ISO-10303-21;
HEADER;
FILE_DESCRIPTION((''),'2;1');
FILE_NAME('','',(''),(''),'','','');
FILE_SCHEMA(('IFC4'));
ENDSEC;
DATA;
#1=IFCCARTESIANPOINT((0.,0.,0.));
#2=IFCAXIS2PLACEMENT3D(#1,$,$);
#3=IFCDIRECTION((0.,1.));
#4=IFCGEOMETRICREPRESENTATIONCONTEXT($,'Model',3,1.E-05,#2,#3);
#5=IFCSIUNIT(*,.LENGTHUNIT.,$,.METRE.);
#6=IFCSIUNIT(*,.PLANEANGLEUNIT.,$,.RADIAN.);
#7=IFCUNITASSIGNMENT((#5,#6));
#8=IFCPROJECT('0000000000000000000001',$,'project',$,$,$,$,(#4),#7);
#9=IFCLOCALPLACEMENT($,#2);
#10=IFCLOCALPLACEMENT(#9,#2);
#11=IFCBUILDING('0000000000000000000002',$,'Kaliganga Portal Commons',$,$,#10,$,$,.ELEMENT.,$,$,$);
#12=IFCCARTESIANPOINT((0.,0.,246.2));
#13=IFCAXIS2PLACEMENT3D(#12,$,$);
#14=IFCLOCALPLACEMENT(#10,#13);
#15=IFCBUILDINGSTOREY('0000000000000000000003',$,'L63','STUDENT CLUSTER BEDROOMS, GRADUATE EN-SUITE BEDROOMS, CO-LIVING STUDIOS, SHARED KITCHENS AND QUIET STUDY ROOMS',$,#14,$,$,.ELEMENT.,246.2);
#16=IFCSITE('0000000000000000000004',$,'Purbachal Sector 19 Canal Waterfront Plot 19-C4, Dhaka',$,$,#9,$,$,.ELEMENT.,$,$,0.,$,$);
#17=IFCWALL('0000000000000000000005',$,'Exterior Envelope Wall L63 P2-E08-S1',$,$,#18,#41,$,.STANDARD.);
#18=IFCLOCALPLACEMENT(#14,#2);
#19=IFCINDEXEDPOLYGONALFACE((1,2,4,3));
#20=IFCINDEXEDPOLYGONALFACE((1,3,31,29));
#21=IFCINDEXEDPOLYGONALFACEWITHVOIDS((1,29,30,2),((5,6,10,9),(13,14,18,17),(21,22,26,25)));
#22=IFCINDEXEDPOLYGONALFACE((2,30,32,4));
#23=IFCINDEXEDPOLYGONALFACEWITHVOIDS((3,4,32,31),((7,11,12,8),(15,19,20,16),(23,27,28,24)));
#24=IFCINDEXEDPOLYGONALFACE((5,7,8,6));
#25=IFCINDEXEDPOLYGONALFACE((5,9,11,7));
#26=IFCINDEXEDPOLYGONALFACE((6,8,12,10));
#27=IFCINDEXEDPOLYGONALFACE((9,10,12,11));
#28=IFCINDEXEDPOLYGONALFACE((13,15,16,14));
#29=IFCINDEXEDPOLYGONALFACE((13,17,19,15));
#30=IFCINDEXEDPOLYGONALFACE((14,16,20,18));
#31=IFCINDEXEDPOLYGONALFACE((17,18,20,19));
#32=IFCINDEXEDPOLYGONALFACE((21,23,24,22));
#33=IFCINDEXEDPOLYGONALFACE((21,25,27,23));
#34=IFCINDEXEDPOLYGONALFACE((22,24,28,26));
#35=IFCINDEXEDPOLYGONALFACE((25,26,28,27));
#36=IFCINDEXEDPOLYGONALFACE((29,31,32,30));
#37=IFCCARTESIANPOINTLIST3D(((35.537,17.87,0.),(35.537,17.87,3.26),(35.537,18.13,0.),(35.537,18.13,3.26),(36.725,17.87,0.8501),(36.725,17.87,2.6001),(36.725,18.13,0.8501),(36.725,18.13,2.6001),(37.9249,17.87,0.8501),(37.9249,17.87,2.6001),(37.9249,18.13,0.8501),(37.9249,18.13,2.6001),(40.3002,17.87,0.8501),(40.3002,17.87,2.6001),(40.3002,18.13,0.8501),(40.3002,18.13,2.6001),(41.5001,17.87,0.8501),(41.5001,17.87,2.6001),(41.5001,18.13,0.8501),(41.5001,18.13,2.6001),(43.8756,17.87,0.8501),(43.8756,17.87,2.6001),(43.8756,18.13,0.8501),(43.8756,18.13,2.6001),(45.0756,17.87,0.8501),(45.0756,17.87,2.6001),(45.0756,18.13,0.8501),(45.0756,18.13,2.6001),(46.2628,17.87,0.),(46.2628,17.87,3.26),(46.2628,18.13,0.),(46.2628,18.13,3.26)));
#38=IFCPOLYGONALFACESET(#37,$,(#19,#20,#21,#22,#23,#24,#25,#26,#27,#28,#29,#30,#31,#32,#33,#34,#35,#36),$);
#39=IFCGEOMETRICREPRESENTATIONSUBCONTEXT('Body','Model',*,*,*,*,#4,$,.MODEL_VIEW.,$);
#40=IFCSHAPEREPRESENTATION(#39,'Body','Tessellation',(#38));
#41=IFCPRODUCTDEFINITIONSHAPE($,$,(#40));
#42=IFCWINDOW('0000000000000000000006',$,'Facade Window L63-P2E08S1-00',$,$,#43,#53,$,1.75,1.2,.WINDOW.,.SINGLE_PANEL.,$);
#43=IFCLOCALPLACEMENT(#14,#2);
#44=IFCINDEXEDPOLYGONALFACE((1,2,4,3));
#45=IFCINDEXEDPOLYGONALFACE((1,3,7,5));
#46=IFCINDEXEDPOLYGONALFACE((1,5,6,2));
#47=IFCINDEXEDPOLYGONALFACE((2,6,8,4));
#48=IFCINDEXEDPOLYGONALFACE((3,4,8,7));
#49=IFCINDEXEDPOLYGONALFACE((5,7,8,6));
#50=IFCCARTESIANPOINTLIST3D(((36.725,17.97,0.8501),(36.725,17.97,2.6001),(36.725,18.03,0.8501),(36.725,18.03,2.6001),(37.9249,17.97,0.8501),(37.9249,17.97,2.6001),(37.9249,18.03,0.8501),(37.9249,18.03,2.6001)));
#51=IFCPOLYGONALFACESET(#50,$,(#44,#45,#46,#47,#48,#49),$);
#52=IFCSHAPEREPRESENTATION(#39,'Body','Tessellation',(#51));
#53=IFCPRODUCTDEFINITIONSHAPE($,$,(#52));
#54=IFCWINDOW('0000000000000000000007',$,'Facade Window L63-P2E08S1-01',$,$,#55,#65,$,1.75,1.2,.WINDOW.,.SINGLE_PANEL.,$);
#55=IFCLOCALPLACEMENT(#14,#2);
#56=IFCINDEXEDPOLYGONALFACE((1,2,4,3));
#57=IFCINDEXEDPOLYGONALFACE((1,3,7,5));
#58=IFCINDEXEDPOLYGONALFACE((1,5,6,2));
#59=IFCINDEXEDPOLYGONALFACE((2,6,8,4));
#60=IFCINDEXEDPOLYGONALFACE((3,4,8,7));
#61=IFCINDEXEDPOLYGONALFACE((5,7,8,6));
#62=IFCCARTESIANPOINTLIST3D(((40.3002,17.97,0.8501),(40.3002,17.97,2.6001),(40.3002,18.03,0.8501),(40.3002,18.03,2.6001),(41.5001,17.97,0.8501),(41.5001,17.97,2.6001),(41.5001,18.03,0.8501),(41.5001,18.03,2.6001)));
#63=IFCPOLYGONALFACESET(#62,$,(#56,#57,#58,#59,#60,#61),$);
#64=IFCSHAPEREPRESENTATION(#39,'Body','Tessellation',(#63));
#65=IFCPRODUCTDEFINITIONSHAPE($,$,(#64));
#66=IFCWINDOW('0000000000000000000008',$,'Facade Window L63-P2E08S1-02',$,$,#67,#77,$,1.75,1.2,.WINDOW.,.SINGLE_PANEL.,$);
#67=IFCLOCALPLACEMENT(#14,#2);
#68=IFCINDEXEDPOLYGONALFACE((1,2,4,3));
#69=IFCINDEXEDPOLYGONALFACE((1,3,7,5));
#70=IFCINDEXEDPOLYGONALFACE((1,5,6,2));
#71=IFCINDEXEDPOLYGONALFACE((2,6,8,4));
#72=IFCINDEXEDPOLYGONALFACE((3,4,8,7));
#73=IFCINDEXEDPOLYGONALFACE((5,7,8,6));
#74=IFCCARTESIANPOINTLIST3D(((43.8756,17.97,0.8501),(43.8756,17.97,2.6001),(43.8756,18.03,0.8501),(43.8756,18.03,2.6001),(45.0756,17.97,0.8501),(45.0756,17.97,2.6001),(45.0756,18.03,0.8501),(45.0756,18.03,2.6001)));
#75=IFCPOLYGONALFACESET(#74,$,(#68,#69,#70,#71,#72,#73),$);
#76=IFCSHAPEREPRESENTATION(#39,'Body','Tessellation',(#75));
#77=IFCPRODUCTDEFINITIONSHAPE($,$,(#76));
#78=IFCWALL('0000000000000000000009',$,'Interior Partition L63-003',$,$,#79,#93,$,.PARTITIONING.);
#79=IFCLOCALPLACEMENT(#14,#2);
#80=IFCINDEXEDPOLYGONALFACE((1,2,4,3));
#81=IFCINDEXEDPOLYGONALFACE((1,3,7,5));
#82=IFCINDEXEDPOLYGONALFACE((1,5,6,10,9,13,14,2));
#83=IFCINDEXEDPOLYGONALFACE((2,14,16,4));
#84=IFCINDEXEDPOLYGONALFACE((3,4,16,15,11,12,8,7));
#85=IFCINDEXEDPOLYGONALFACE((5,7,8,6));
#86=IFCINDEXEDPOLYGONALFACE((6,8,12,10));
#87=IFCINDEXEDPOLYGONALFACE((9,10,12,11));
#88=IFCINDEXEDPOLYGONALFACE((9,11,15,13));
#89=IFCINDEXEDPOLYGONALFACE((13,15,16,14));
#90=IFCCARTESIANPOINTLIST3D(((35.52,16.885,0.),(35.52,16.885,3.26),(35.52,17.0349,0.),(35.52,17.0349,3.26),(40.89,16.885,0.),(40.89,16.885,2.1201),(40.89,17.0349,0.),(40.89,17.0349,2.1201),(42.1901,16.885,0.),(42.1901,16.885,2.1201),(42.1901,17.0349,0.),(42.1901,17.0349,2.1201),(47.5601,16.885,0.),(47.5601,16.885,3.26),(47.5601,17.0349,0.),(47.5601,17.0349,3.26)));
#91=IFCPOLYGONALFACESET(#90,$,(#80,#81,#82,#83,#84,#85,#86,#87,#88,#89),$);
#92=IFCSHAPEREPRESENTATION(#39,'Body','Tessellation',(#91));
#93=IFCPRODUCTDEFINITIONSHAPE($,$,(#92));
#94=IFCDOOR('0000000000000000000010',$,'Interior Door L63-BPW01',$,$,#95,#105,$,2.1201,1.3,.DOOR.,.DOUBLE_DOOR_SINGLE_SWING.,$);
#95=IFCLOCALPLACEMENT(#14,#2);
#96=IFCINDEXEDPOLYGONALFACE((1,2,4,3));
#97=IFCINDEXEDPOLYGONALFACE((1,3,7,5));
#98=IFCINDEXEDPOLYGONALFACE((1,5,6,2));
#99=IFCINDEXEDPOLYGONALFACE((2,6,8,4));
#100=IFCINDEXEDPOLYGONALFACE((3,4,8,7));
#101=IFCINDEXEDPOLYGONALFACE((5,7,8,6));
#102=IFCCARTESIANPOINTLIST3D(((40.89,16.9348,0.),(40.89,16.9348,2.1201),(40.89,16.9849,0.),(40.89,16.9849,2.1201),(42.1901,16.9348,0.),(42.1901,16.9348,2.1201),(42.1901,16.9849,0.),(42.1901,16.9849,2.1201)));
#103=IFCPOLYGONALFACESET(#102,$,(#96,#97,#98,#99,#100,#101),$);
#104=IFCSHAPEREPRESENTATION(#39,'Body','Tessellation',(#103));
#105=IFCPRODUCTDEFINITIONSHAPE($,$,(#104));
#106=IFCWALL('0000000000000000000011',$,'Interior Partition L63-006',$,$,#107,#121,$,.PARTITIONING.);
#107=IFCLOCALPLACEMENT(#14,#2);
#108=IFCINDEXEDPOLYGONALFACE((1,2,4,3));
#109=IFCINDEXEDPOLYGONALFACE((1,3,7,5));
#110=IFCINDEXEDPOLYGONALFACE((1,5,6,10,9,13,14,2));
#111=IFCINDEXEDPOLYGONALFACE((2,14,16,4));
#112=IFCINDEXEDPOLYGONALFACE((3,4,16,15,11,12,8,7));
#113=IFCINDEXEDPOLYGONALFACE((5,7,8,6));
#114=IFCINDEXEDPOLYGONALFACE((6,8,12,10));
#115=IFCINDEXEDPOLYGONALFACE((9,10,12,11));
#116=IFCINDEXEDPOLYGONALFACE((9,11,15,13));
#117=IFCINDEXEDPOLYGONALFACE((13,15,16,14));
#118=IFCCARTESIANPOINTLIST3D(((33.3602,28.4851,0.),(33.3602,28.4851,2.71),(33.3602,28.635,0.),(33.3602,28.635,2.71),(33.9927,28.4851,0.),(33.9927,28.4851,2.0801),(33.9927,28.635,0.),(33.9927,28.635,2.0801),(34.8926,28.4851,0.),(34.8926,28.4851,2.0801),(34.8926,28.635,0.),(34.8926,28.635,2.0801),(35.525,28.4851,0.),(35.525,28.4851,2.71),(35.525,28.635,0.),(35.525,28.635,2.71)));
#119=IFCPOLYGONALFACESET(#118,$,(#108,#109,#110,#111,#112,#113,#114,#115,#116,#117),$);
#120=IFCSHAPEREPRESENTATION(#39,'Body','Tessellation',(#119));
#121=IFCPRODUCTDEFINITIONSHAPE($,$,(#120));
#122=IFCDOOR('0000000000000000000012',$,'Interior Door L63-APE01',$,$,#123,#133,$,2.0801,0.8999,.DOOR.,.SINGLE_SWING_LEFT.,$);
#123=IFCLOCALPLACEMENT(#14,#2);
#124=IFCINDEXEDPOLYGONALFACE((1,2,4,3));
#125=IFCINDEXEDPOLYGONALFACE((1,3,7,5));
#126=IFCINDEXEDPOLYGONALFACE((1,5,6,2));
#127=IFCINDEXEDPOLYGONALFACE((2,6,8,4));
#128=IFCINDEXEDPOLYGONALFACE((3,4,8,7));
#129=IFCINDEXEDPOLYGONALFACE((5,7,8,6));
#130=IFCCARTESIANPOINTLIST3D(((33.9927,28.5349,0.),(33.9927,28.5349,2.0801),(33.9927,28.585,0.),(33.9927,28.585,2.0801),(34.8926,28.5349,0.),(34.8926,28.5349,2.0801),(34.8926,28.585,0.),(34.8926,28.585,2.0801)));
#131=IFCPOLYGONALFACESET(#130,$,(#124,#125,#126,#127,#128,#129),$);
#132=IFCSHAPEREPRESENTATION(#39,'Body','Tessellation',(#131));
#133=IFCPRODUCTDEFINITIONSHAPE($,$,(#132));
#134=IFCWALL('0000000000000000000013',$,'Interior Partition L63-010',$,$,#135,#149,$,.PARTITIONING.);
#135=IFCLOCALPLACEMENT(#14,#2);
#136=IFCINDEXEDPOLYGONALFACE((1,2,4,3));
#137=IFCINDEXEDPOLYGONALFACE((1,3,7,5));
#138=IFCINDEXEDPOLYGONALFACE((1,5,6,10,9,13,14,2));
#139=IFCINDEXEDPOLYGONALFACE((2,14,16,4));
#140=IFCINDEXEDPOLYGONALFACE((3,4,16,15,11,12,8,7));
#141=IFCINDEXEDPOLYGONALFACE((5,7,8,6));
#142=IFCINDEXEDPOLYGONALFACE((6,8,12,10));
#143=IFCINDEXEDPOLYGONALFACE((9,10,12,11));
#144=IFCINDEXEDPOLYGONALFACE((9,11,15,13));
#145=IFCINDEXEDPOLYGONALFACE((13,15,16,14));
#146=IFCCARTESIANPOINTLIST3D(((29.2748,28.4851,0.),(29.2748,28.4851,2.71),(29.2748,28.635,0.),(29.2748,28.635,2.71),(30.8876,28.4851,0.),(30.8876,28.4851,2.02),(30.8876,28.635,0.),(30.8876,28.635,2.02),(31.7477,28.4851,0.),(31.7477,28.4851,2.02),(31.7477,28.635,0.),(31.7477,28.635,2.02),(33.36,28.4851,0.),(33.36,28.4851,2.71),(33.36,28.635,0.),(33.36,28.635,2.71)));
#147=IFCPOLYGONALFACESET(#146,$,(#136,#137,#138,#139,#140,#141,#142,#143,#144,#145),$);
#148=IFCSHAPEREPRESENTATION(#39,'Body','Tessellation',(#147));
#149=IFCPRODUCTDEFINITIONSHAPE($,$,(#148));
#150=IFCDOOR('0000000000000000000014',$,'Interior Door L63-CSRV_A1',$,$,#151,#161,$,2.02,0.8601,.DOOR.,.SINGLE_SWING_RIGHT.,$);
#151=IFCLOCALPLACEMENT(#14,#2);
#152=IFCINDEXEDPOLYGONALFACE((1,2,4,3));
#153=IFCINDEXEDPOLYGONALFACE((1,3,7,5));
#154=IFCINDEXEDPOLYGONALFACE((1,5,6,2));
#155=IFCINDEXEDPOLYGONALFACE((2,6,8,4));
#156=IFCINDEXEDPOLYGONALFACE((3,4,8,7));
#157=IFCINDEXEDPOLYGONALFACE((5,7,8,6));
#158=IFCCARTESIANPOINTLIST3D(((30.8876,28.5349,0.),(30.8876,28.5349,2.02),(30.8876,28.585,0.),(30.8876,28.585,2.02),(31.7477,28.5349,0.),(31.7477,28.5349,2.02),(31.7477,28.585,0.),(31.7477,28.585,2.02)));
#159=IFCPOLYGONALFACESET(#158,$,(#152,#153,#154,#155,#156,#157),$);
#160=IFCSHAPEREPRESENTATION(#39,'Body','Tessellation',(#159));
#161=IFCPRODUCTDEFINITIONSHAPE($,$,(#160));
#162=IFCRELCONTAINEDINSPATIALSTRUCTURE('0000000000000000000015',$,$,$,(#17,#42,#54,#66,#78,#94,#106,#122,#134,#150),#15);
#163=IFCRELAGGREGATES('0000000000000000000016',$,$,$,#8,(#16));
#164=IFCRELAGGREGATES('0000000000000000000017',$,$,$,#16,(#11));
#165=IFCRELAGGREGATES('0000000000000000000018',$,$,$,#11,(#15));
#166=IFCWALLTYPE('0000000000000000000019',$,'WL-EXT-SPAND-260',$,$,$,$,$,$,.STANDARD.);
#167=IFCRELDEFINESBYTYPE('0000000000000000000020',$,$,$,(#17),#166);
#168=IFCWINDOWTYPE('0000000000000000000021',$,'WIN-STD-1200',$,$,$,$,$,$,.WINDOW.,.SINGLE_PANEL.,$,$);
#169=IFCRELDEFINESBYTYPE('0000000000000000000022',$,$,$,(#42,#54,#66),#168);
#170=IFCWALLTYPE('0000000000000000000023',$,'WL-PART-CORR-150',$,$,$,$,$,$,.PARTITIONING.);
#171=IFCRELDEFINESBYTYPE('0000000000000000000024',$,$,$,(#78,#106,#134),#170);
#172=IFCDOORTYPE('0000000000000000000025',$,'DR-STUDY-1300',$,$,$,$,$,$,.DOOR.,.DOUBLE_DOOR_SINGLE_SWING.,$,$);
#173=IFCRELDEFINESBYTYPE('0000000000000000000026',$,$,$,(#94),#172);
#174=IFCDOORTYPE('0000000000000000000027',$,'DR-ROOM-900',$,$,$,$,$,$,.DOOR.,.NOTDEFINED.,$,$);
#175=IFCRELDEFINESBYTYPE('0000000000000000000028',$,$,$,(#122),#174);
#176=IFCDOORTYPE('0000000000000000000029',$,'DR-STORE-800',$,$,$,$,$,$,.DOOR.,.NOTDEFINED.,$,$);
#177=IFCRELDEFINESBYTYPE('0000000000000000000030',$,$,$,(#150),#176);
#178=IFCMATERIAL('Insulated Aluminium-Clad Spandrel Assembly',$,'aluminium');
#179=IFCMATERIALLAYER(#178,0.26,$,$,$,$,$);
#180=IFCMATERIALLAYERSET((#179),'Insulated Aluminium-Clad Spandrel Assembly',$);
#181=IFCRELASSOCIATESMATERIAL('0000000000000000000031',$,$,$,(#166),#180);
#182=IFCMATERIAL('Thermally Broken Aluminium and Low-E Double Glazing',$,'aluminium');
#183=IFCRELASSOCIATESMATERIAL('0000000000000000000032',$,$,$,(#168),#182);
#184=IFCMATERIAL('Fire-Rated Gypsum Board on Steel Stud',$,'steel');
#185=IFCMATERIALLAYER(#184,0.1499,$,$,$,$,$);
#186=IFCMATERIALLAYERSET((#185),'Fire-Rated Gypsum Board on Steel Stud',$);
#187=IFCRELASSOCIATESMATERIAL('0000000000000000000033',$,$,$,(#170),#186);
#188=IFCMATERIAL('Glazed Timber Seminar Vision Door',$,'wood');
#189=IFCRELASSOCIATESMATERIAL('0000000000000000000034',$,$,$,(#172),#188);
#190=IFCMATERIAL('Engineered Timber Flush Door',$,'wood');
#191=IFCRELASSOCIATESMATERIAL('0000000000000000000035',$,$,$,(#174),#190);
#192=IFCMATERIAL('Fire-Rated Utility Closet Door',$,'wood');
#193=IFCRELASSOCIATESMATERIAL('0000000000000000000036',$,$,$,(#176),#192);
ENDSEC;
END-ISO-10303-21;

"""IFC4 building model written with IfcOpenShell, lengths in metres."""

from ifc_helpers import new_model, si_unit, direction, frame, frame_2d, origin, place, context, subcontext, project, spatial, rectangle, extrude, material, layer, layer_set, type_object, element, fill, save


model = new_model("IFC4")

# Units and contexts
model_context = context("Model", 3, precision=1e-05, world=origin(), true_north=direction((0.0, 1.0)))
body_context = subcontext(model_context, "Body", "Model", "MODEL_VIEW")
ifc_project = project(units=[si_unit("LENGTHUNIT", "METRE"), si_unit("PLANEANGLEUNIT", "RADIAN")], contexts=[model_context])

# Site, building, storey
site_placement = place(None, origin())
site = spatial("IfcSite", under=ifc_project, at=site_placement, Name="Purbachal Sector 19 Canal Waterfront Plot 19-C4, Dhaka", CompositionType="ELEMENT", RefElevation=0.0)
building_placement = place(site_placement, origin())
building = spatial("IfcBuilding", under=site, at=building_placement, Name="Kaliganga Portal Commons", CompositionType="ELEMENT")
storey_placement = place(building_placement, frame((0.0, 0.0, 246.2)))
storey = spatial("IfcBuildingStorey", under=building, at=storey_placement, Name="L63", Description="STUDENT CLUSTER BEDROOMS, GRADUATE EN-SUITE BEDROOMS, CO-LIVING STUDIOS, SHARED KITCHENS AND QUIET STUDY ROOMS", CompositionType="ELEMENT", Elevation=246.2)

# Shared definitions
ifc_material_1 = material(Name="Insulated Aluminium-Clad Spandrel Assembly", Category="aluminium")
ifc_layer_1 = layer(ifc_material_1, 0.26)
ifc_layer_set_1 = layer_set([ifc_layer_1], Name="Insulated Aluminium-Clad Spandrel Assembly")
wall_type_1 = type_object("IfcWallType", Name="WL-EXT-SPAND-260", PredefinedType="STANDARD", material=ifc_layer_set_1)
ifc_material_2 = material(Name="Thermally Broken Aluminium and Low-E Double Glazing", Category="aluminium")
window_type = type_object("IfcWindowType", Name="WIN-STD-1200", PartitioningType="SINGLE_PANEL", PredefinedType="WINDOW", material=ifc_material_2)

# Wall, openings, windows
wall_1_placement = place(storey_placement, frame((35.5371, 18.0, 0.0), z_axis=(0.0, 0.0, 1.0), x_axis=(1.0, 0.0, 0.0)))
wall_1 = element("IfcWall", 1, at=wall_1_placement, inside=storey, type_object=wall_type_1, Name="Exterior Envelope Wall L63 P2-E08-S1", PredefinedType="STANDARD", context=body_context, shape_type="SweptSolid", body=[
    extrude(rectangle(XDim=10.7258, YDim=0.26, at=frame_2d((5.3628, 0.0))), origin(), (0.0, 0.0, 1.0), 3.26),
])
opening_1_placement = place(wall_1_placement, frame((1.1877, 0.0, 0.8501)))
opening_1 = element("IfcOpeningElement", 2, at=opening_1_placement, cuts=wall_1, PredefinedType="OPENING", context=body_context, shape_type="SweptSolid", body=[
    extrude(rectangle(XDim=1.2, YDim=1.75, at=frame_2d((0.6001, 0.875))), frame((0.0, 0.1401, 0.0), z_axis=(0.0, -1.0, 0.0), x_axis=(1.0, 0.0, 0.0)), (0.0, 0.0, 1.0), 0.28),
])
opening_2_placement = place(wall_1_placement, frame((4.7629, 0.0, 0.8501)))
opening_2 = element("IfcOpeningElement", 3, at=opening_2_placement, cuts=wall_1, PredefinedType="OPENING", context=body_context, shape_type="SweptSolid", body=[
    extrude(rectangle(XDim=1.2, YDim=1.75, at=frame_2d((0.6001, 0.875))), frame((0.0, 0.1401, 0.0), z_axis=(0.0, -1.0, 0.0), x_axis=(1.0, 0.0, 0.0)), (0.0, 0.0, 1.0), 0.28),
])
opening_3_placement = place(wall_1_placement, frame((8.3384, 0.0, 0.8501)))
opening_3 = element("IfcOpeningElement", 4, at=opening_3_placement, cuts=wall_1, PredefinedType="OPENING", context=body_context, shape_type="SweptSolid", body=[
    extrude(rectangle(XDim=1.2, YDim=1.75, at=frame_2d((0.6001, 0.875))), frame((0.0, 0.1401, 0.0), z_axis=(0.0, -1.0, 0.0), x_axis=(1.0, 0.0, 0.0)), (0.0, 0.0, 1.0), 0.28),
])
window_1_placement = place(opening_1_placement, origin())
window_1 = element("IfcWindow", 5, at=window_1_placement, inside=storey, type_object=window_type, Name="Facade Window L63-P2E08S1-00", OverallHeight=1.75, OverallWidth=1.2, PartitioningType="SINGLE_PANEL", PredefinedType="WINDOW", context=body_context, shape_type="SweptSolid", body=[
    extrude(rectangle(XDim=1.2, YDim=1.75, at=frame_2d((0.6001, 0.875))), frame((0.0, 0.03, 0.0), z_axis=(0.0, -1.0, 0.0), x_axis=(1.0, 0.0, 0.0)), (0.0, 0.0, 1.0), 0.0601),
])
fill(opening_1, window_1)
window_2_placement = place(opening_2_placement, origin())
window_2 = element("IfcWindow", 6, at=window_2_placement, inside=storey, type_object=window_type, Name="Facade Window L63-P2E08S1-01", OverallHeight=1.75, OverallWidth=1.2, PartitioningType="SINGLE_PANEL", PredefinedType="WINDOW", context=body_context, shape_type="SweptSolid", body=[
    extrude(rectangle(XDim=1.2, YDim=1.75, at=frame_2d((0.6001, 0.875))), frame((0.0, 0.03, 0.0), z_axis=(0.0, -1.0, 0.0), x_axis=(1.0, 0.0, 0.0)), (0.0, 0.0, 1.0), 0.0601),
])
fill(opening_2, window_2)
window_3_placement = place(opening_3_placement, origin())
window_3 = element("IfcWindow", 7, at=window_3_placement, inside=storey, type_object=window_type, Name="Facade Window L63-P2E08S1-02", OverallHeight=1.75, OverallWidth=1.2, PartitioningType="SINGLE_PANEL", PredefinedType="WINDOW", context=body_context, shape_type="SweptSolid", body=[
    extrude(rectangle(XDim=1.2, YDim=1.75, at=frame_2d((0.6001, 0.875))), frame((0.0, 0.03, 0.0), z_axis=(0.0, -1.0, 0.0), x_axis=(1.0, 0.0, 0.0)), (0.0, 0.0, 1.0), 0.0601),
])
fill(opening_3, window_3)

# Walls, openings, doors
ifc_material_3 = material(Name="Fire-Rated Gypsum Board on Steel Stud", Category="steel")
ifc_layer_2 = layer(ifc_material_3, 0.1499)
ifc_layer_set_2 = layer_set([ifc_layer_2], Name="Fire-Rated Gypsum Board on Steel Stud")
wall_type_2 = type_object("IfcWallType", Name="WL-PART-CORR-150", PredefinedType="PARTITIONING", material=ifc_layer_set_2)
wall_2_placement = place(storey_placement, frame((35.52, 16.96, 0.0), z_axis=(0.0, 0.0, 1.0), x_axis=(1.0, 0.0, 0.0)))
wall_2 = element("IfcWall", 8, at=wall_2_placement, inside=storey, type_object=wall_type_2, Name="Interior Partition L63-003", PredefinedType="PARTITIONING", context=body_context, shape_type="SweptSolid", body=[
    extrude(rectangle(XDim=12.04, YDim=0.1499, at=frame_2d((6.02, 0.0))), origin(), (0.0, 0.0, 1.0), 3.26),
])
opening_4_placement = place(wall_2_placement, frame((5.3701, 0.0, 0.0)))
opening_4 = element("IfcOpeningElement", 9, at=opening_4_placement, cuts=wall_2, PredefinedType="OPENING", context=body_context, shape_type="SweptSolid", body=[
    extrude(rectangle(XDim=1.3, YDim=2.1201, at=frame_2d((0.6499, 1.0601))), frame((0.0, 0.085, 0.0), z_axis=(0.0, -1.0, 0.0), x_axis=(1.0, 0.0, 0.0)), (0.0, 0.0, 1.0), 0.1699),
])
ifc_material_4 = material(Name="Glazed Timber Seminar Vision Door", Category="wood")
door_type_1 = type_object("IfcDoorType", Name="DR-STUDY-1300", OperationType="DOUBLE_DOOR_SINGLE_SWING", PredefinedType="DOOR", material=ifc_material_4)
door_1_placement = place(opening_4_placement, origin())
door_1 = element("IfcDoor", 10, at=door_1_placement, inside=storey, type_object=door_type_1, Name="Interior Door L63-BPW01", OperationType="DOUBLE_DOOR_SINGLE_SWING", OverallHeight=2.1201, OverallWidth=1.3, PredefinedType="DOOR", context=body_context, shape_type="SweptSolid", body=[
    extrude(rectangle(XDim=1.3, YDim=2.1201, at=frame_2d((0.6499, 1.0601))), frame((0.0, 0.0249, 0.0), z_axis=(0.0, -1.0, 0.0), x_axis=(1.0, 0.0, 0.0)), (0.0, 0.0, 1.0), 0.05),
])
fill(opening_4, door_1)
wall_3_placement = place(storey_placement, frame((33.3601, 28.5601, 0.0), z_axis=(0.0, 0.0, 1.0), x_axis=(1.0, 0.0, 0.0)))
wall_3 = element("IfcWall", 11, at=wall_3_placement, inside=storey, type_object=wall_type_2, Name="Interior Partition L63-006", PredefinedType="PARTITIONING", context=body_context, shape_type="SweptSolid", body=[
    extrude(rectangle(XDim=2.1648, YDim=0.1499, at=frame_2d((1.0825, 0.0))), origin(), (0.0, 0.0, 1.0), 2.71),
])
opening_5_placement = place(wall_3_placement, frame((0.6326, 0.0, 0.0)))
opening_5 = element("IfcOpeningElement", 12, at=opening_5_placement, cuts=wall_3, PredefinedType="OPENING", context=body_context, shape_type="SweptSolid", body=[
    extrude(rectangle(XDim=0.8999, YDim=2.0801, at=frame_2d((0.45, 1.04))), frame((0.0, 0.085, 0.0), z_axis=(0.0, -1.0, 0.0), x_axis=(1.0, 0.0, 0.0)), (0.0, 0.0, 1.0), 0.1699),
])
ifc_material_5 = material(Name="Engineered Timber Flush Door", Category="wood")
door_type_2 = type_object("IfcDoorType", Name="DR-ROOM-900", OperationType="NOTDEFINED", PredefinedType="DOOR", material=ifc_material_5)
door_2_placement = place(opening_5_placement, origin())
door_2 = element("IfcDoor", 13, at=door_2_placement, inside=storey, type_object=door_type_2, Name="Interior Door L63-APE01", OperationType="SINGLE_SWING_LEFT", OverallHeight=2.0801, OverallWidth=0.8999, PredefinedType="DOOR", context=body_context, shape_type="SweptSolid", body=[
    extrude(rectangle(XDim=0.8999, YDim=2.0801, at=frame_2d((0.45, 1.04))), frame((0.0, 0.0249, 0.0), z_axis=(0.0, -1.0, 0.0), x_axis=(1.0, 0.0, 0.0)), (0.0, 0.0, 1.0), 0.05),
])
fill(opening_5, door_2)
wall_4_placement = place(storey_placement, frame((29.2749, 28.5601, 0.0), z_axis=(0.0, 0.0, 1.0), x_axis=(1.0, 0.0, 0.0)))
wall_4 = element("IfcWall", 14, at=wall_4_placement, inside=storey, type_object=wall_type_2, Name="Interior Partition L63-010", PredefinedType="PARTITIONING", context=body_context, shape_type="SweptSolid", body=[
    extrude(rectangle(XDim=4.0852, YDim=0.1499, at=frame_2d((2.0425, 0.0))), origin(), (0.0, 0.0, 1.0), 2.71),
])
opening_6_placement = place(wall_4_placement, frame((1.6125, 0.0, 0.0)))
opening_6 = element("IfcOpeningElement", 15, at=opening_6_placement, cuts=wall_4, PredefinedType="OPENING", context=body_context, shape_type="SweptSolid", body=[
    extrude(rectangle(XDim=0.8601, YDim=2.02, at=frame_2d((0.4302, 1.01))), frame((0.0, 0.085, 0.0), z_axis=(0.0, -1.0, 0.0), x_axis=(1.0, 0.0, 0.0)), (0.0, 0.0, 1.0), 0.1699),
])
ifc_material_6 = material(Name="Fire-Rated Utility Closet Door", Category="wood")
door_type_3 = type_object("IfcDoorType", Name="DR-STORE-800", OperationType="NOTDEFINED", PredefinedType="DOOR", material=ifc_material_6)
door_3_placement = place(opening_6_placement, origin())
door_3 = element("IfcDoor", 16, at=door_3_placement, inside=storey, type_object=door_type_3, Name="Interior Door L63-CSRV_A1", OperationType="SINGLE_SWING_RIGHT", OverallHeight=2.02, OverallWidth=0.8601, PredefinedType="DOOR", context=body_context, shape_type="SweptSolid", body=[
    extrude(rectangle(XDim=0.8601, YDim=2.02, at=frame_2d((0.4302, 1.01))), frame((0.0, 0.0249, 0.0), z_axis=(0.0, -1.0, 0.0), x_axis=(1.0, 0.0, 0.0)), (0.0, 0.0, 1.0), 0.05),
])
fill(opening_6, door_3)

save(model, "model.ifc")
